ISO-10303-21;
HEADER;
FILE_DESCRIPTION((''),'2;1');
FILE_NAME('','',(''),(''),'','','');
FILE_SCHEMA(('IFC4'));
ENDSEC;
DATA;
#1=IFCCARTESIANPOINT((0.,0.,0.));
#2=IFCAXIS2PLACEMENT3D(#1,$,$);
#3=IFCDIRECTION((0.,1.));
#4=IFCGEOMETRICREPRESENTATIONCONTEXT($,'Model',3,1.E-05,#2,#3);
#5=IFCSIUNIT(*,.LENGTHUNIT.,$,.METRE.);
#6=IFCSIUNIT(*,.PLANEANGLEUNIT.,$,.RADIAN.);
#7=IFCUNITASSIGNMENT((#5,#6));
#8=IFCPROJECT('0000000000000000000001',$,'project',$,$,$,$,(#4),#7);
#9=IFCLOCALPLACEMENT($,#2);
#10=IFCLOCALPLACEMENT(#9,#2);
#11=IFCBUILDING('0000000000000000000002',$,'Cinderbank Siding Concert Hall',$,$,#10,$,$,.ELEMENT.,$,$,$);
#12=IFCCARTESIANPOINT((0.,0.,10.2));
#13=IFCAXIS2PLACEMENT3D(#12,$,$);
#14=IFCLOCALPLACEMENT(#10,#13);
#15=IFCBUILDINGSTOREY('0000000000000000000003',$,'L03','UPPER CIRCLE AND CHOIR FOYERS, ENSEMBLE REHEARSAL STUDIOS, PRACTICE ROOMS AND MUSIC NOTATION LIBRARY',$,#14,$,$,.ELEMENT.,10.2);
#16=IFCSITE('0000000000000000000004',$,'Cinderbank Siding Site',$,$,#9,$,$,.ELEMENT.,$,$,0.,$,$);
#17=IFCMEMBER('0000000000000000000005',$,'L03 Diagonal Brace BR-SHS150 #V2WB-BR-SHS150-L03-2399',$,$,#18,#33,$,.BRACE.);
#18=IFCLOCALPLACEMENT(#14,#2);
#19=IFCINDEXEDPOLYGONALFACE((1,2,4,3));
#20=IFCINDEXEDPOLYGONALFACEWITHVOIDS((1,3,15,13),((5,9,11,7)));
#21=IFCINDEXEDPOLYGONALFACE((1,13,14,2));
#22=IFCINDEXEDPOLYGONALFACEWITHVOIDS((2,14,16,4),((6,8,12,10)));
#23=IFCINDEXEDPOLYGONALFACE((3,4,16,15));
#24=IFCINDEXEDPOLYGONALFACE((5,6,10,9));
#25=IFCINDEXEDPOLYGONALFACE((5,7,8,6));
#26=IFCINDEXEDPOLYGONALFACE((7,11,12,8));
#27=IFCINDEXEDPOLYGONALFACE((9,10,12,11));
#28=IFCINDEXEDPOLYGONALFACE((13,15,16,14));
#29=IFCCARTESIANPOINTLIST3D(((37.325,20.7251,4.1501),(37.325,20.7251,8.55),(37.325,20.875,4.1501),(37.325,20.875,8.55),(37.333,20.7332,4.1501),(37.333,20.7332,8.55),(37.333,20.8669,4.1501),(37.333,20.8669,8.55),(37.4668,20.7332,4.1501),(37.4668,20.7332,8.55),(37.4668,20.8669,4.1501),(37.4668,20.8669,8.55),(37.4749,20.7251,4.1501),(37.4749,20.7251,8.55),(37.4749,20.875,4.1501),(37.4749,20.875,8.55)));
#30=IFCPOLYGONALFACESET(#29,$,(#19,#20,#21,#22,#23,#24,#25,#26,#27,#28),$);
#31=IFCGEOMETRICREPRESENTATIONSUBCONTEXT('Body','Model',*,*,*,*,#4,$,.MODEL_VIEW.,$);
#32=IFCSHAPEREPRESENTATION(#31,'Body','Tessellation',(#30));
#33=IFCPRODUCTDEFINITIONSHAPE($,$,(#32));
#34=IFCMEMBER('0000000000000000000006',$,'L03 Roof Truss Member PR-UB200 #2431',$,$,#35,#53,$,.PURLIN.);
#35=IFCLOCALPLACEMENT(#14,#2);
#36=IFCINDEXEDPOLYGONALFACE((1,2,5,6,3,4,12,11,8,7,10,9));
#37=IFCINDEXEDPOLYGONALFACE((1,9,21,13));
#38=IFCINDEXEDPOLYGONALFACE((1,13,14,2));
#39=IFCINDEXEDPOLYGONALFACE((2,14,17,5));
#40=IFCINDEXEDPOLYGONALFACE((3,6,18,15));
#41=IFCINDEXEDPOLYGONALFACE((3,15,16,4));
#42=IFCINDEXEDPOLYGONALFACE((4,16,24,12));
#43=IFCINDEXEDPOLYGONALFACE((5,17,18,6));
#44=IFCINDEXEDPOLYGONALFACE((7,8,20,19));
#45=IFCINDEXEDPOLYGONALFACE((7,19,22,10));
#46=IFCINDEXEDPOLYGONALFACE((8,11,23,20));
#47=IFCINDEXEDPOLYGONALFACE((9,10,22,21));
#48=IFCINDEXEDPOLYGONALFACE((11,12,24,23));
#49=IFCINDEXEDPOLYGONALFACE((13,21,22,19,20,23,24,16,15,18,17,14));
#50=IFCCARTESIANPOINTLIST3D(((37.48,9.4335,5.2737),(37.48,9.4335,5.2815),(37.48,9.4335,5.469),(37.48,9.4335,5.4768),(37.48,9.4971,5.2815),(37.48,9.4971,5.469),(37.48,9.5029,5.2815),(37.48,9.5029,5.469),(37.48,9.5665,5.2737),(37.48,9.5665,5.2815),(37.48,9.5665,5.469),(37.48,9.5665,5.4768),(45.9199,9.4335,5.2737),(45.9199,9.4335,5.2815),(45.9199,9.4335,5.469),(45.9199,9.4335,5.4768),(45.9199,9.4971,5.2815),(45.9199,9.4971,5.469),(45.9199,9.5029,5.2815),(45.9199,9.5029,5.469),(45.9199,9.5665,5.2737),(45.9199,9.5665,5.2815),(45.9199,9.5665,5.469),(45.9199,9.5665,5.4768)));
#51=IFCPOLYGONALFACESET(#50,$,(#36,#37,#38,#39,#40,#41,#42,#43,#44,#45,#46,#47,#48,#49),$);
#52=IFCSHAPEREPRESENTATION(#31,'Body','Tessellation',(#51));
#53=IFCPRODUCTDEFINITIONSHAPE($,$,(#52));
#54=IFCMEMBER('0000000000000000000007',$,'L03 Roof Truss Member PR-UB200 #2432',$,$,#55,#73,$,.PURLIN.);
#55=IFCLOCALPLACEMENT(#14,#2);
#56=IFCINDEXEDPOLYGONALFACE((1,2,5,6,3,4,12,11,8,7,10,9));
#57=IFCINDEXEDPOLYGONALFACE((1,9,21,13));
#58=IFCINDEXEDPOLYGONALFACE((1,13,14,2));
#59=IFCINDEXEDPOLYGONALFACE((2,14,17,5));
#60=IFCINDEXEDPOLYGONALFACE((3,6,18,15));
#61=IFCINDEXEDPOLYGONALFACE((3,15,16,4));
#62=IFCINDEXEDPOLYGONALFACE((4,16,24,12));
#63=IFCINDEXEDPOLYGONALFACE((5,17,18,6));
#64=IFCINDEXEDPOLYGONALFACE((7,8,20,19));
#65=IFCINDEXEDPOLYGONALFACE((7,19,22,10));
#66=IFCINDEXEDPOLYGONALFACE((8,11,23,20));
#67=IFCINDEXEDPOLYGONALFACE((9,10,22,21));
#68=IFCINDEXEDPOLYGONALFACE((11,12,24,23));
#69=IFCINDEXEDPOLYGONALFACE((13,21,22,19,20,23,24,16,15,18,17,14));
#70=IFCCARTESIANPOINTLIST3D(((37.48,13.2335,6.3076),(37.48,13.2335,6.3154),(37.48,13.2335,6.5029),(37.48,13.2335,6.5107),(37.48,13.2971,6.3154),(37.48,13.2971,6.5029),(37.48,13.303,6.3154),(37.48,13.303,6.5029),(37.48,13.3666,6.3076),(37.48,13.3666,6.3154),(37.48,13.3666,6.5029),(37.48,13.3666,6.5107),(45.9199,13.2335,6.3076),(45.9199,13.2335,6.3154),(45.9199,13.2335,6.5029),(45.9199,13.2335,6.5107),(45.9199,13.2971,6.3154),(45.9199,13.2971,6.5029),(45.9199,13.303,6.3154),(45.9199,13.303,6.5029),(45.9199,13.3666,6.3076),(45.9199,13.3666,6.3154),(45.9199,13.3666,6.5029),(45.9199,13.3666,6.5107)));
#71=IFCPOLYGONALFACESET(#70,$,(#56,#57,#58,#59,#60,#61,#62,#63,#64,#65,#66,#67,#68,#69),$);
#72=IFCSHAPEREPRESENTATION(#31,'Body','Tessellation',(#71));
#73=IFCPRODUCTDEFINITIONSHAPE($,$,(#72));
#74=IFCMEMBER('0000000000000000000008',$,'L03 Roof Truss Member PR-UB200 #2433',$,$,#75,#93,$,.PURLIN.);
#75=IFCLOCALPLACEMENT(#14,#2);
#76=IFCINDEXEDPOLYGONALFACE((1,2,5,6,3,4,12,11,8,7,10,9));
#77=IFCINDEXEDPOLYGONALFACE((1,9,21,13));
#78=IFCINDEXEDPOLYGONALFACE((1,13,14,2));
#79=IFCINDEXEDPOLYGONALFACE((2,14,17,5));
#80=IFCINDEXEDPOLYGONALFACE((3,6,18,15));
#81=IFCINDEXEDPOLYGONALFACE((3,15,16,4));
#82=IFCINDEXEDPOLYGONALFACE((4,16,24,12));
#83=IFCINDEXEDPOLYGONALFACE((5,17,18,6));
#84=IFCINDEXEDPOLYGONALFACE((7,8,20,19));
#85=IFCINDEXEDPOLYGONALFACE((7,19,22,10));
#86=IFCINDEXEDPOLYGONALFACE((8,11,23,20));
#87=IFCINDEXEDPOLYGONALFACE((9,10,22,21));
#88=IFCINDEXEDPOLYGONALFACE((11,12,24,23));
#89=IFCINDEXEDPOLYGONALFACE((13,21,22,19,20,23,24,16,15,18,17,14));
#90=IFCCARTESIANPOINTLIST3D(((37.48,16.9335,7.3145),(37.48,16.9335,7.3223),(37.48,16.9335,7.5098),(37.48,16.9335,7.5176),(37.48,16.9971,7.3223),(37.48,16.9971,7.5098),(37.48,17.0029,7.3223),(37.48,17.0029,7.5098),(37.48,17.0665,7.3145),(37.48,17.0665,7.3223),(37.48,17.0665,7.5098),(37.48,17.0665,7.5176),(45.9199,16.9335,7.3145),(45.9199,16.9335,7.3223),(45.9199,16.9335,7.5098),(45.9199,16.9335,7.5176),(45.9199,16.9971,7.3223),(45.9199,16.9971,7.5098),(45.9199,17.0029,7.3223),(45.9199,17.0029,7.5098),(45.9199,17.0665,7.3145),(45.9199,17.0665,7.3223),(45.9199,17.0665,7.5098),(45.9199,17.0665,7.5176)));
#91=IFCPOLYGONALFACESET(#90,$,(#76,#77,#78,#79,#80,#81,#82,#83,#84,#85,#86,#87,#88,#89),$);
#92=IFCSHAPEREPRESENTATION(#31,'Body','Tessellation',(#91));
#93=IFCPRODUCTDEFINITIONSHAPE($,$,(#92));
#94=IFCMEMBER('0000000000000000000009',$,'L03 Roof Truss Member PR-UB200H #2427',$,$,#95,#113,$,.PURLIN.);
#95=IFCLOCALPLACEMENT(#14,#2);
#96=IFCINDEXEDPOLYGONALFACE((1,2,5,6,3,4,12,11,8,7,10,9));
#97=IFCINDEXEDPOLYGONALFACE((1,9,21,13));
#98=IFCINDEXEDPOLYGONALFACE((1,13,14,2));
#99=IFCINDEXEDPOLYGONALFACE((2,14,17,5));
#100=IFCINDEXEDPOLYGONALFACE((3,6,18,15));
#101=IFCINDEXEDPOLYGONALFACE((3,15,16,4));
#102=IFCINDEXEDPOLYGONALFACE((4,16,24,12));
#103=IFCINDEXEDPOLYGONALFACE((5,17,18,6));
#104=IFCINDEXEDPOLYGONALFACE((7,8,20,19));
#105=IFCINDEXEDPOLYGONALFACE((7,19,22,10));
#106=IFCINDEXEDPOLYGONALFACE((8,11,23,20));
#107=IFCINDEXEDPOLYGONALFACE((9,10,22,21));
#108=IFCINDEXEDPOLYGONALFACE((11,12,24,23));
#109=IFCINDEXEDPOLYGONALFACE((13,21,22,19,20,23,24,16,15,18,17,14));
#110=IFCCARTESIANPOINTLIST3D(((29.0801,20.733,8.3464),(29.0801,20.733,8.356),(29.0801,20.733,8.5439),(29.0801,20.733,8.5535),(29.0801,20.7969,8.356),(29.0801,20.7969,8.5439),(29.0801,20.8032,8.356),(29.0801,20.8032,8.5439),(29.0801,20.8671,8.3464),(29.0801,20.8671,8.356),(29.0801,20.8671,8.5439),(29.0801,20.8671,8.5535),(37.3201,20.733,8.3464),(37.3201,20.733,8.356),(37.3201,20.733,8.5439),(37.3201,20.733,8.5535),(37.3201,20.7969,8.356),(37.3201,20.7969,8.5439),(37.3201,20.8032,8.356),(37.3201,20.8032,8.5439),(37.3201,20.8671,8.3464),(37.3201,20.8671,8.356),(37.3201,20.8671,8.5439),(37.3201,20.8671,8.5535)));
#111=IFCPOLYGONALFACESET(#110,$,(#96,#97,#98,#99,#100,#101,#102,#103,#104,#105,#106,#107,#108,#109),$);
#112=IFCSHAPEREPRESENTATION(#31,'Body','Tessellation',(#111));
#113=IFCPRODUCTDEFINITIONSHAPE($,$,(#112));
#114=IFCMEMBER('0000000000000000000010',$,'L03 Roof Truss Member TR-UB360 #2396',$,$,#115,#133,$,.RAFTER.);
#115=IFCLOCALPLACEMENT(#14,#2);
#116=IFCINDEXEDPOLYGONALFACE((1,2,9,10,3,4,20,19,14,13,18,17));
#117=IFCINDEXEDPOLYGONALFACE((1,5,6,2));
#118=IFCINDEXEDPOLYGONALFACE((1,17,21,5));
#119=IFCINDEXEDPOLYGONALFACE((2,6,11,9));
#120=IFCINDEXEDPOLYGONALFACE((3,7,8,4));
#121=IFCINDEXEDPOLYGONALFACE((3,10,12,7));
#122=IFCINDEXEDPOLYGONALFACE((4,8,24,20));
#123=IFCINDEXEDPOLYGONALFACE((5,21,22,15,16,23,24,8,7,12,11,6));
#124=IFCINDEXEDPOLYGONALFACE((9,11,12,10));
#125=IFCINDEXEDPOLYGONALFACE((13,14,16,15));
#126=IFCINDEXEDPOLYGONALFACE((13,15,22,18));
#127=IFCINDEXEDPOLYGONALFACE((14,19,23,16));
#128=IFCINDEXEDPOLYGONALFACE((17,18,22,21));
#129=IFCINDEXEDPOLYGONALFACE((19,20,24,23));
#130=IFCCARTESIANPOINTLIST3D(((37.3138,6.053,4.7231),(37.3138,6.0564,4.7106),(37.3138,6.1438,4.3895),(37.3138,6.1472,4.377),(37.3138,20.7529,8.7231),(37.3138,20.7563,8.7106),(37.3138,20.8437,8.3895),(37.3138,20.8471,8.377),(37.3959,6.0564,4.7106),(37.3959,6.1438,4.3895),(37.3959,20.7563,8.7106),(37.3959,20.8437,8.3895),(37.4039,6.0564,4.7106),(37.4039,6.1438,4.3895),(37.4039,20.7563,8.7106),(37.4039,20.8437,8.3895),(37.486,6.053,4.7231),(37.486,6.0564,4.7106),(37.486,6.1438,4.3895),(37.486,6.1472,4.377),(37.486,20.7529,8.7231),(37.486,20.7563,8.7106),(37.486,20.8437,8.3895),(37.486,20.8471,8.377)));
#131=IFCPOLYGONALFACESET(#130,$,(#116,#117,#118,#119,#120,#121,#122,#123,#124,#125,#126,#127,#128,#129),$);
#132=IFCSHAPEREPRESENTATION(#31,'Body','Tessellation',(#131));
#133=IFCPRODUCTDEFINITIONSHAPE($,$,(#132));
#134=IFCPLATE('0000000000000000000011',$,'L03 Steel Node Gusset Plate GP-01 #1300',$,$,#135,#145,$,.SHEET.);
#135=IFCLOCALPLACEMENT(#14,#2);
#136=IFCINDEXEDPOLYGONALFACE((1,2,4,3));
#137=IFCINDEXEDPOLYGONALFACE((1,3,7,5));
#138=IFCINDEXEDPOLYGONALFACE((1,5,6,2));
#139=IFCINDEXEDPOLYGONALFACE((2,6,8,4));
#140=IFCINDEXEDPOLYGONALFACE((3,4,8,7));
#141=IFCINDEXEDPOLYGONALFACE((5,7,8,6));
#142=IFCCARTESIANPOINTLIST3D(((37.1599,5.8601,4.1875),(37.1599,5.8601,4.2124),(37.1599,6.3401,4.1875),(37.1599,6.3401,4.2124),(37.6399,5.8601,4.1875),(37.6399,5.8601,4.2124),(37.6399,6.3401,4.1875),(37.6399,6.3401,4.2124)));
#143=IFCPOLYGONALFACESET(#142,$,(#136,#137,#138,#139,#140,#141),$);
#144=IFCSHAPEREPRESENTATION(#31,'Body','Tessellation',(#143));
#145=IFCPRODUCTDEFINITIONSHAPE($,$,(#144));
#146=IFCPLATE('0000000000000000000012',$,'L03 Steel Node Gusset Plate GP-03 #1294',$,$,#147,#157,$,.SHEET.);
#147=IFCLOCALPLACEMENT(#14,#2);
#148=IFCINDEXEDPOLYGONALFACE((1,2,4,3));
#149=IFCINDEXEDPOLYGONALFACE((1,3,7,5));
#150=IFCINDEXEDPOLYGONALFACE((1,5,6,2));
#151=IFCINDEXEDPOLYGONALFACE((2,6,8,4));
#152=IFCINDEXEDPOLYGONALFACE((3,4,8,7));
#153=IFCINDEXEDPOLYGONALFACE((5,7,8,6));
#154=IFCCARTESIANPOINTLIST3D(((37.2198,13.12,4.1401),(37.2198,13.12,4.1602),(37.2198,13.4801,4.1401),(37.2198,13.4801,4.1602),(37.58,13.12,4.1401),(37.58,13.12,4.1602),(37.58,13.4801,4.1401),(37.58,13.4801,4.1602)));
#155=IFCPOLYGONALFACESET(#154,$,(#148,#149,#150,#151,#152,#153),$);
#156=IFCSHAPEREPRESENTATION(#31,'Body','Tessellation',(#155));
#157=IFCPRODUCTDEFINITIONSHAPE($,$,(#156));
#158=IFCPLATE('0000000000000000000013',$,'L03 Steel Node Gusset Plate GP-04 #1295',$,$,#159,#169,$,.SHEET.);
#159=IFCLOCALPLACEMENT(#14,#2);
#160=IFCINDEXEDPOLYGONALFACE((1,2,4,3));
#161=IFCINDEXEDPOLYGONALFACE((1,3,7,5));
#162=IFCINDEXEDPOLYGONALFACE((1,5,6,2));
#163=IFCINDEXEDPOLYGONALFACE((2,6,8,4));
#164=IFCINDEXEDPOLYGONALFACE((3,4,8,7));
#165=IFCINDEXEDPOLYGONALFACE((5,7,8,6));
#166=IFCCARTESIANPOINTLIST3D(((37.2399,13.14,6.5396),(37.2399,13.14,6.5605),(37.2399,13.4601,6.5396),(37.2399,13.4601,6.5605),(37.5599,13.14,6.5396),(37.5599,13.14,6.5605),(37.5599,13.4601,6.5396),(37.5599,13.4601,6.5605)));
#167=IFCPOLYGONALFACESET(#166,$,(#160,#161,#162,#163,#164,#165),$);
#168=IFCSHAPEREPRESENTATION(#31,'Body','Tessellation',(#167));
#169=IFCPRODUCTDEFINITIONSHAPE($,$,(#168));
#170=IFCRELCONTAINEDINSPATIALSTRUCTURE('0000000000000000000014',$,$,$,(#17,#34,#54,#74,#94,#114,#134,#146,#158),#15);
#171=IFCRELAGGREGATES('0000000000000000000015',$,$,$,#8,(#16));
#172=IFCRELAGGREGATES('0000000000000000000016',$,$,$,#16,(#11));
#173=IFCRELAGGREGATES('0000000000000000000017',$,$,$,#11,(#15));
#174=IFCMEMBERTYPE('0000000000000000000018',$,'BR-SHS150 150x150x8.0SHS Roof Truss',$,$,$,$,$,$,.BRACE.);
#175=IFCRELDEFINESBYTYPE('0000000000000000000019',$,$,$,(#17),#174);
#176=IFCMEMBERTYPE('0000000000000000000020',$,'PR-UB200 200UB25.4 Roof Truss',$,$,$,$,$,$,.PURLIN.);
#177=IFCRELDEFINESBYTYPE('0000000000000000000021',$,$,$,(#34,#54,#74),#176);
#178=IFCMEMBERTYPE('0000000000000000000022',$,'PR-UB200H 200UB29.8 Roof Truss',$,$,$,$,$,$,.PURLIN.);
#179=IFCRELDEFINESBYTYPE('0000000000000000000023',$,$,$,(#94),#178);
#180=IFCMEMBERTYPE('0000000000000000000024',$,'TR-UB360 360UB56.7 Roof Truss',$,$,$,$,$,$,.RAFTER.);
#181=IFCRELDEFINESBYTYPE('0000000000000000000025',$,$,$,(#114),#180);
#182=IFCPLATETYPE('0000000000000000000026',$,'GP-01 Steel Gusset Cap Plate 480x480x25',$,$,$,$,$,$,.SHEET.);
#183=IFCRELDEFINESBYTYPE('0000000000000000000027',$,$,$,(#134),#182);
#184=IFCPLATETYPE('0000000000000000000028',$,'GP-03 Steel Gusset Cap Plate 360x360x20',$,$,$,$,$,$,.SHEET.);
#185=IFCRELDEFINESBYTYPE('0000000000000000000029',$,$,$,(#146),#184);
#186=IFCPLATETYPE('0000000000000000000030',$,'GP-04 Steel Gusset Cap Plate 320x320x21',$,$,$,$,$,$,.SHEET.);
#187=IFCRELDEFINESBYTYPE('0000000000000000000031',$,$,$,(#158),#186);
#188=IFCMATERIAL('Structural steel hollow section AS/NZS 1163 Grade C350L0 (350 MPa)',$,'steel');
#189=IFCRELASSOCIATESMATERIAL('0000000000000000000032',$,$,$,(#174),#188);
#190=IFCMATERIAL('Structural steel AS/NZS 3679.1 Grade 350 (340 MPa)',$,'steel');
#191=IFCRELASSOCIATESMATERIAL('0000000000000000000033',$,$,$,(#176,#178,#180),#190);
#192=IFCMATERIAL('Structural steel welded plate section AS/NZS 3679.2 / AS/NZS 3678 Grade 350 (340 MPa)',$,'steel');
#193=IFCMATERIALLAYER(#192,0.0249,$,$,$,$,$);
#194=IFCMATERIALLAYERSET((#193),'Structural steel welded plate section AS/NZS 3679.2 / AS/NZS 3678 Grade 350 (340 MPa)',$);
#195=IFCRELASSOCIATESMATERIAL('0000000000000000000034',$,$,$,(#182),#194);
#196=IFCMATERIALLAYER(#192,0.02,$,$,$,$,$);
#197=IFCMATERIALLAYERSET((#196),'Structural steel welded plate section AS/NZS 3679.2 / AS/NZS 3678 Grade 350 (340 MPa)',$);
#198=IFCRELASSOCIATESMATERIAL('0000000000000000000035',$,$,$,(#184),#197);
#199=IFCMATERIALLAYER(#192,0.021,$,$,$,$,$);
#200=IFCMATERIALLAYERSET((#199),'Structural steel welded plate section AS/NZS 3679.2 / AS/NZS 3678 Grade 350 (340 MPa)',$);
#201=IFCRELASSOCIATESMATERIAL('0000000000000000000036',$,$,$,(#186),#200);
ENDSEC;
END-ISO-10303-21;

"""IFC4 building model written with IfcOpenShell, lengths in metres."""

from ifc_helpers import new_model, si_unit, direction, frame, origin, origin_2d, place, context, subcontext, project, spatial, rectangle, hollow_rectangle, i_section, extrude, material, layer, layer_set, material_profile, profile_set, type_object, element, save


model = new_model("IFC4")

# Units and contexts
model_context = context("Model", 3, precision=1e-05, world=origin(), true_north=direction((0.0, 1.0)))
body_context = subcontext(model_context, "Body", "Model", "MODEL_VIEW")
ifc_project = project(units=[si_unit("LENGTHUNIT", "METRE"), si_unit("PLANEANGLEUNIT", "RADIAN")], contexts=[model_context])

# Site, building, storey
site_placement = place(None, origin())
site = spatial("IfcSite", under=ifc_project, at=site_placement, Name="Cinderbank Siding Site", CompositionType="ELEMENT", RefElevation=0.0)
building_placement = place(site_placement, origin())
building = spatial("IfcBuilding", under=site, at=building_placement, Name="Cinderbank Siding Concert Hall", CompositionType="ELEMENT")
storey_placement = place(building_placement, frame((0.0, 0.0, 10.2)))
storey = spatial("IfcBuildingStorey", under=building, at=storey_placement, Name="L03", Description="UPPER CIRCLE AND CHOIR FOYERS, ENSEMBLE REHEARSAL STUDIOS, PRACTICE ROOMS AND MUSIC NOTATION LIBRARY", CompositionType="ELEMENT", Elevation=10.2)

# Shared definitions
ifc_material_1 = material(Name="Structural steel AS/NZS 3679.1 Grade 350 (340 MPa)", Category="steel")

# Shared definitions
ifc_material_2 = material(Name="Structural steel welded plate section AS/NZS 3679.2 / AS/NZS 3678 Grade 350 (340 MPa)", Category="steel")

# Members
ifc_material_3 = material(Name="Structural steel hollow section AS/NZS 1163 Grade C350L0 (350 MPa)", Category="steel")
ifc_material_profile_1 = material_profile(ifc_material_3, hollow_rectangle(XDim=0.1499, YDim=0.1499, WallThickness=0.0081, at=origin_2d()), Name="150x150x8.0SHS", Category="LoadBearing")
ifc_profile_set_1 = profile_set([ifc_material_profile_1], Name="Structural steel hollow section AS/NZS 1163 Grade C350L0 (350 MPa)")
member_type_1 = type_object("IfcMemberType", Name="BR-SHS150 150x150x8.0SHS Roof Truss", PredefinedType="BRACE", material=ifc_profile_set_1)
member_1_placement = place(storey_placement, frame((37.3999, 20.8, 4.1501), z_axis=(0.0, 0.0, 1.0), x_axis=(1.0, 0.0, 0.0)))
element("IfcMember", 1, at=member_1_placement, inside=storey, type_object=member_type_1, Name="L03 Diagonal Brace BR-SHS150 #V2WB-BR-SHS150-L03-2399", PredefinedType="BRACE", context=body_context, shape_type="SweptSolid", body=[
    extrude(hollow_rectangle(XDim=0.1499, YDim=0.1499, WallThickness=0.0081, at=origin_2d()), origin(), (0.0, 0.0, 1.0), 4.3999),
])
ifc_material_profile_2 = material_profile(ifc_material_1, i_section(OverallWidth=0.1331, OverallDepth=0.2031, WebThickness=0.0059, FlangeThickness=0.0078, at=origin_2d()), Name="200UB25.4", Category="LoadBearing")
ifc_profile_set_2 = profile_set([ifc_material_profile_2], Name="Structural steel AS/NZS 3679.1 Grade 350 (340 MPa)")
member_type_2 = type_object("IfcMemberType", Name="PR-UB200 200UB25.4 Roof Truss", PredefinedType="PURLIN", material=ifc_profile_set_2)
for number, where, z_axis, x_axis, name in (
    (2, (37.48, 9.5, 5.3752), (1.0, 0.0, 0.0), (0.0, 1.0, 0.0), "L03 Roof Truss Member PR-UB200 #2431"),
    (3, (37.48, 13.3, 6.4092), (1.0, 0.0, 0.0), (0.0, 1.0, 0.0), "L03 Roof Truss Member PR-UB200 #2432"),
    (4, (37.48, 17.0, 7.416), (1.0, 0.0, 0.0), (0.0, 1.0, 0.0), "L03 Roof Truss Member PR-UB200 #2433"),
):
    element("IfcMember", number, at=place(storey_placement, frame(where, z_axis=z_axis, x_axis=x_axis)), inside=storey, type_object=member_type_2, Name=name, PredefinedType="PURLIN", context=body_context, shape_type="SweptSolid", body=[
        extrude(i_section(OverallWidth=0.1331, OverallDepth=0.2031, WebThickness=0.0059, FlangeThickness=0.0078, at=origin_2d()), origin(), (0.0, 0.0, 1.0), 8.4399),
    ])
ifc_material_profile_3 = material_profile(ifc_material_1, i_section(OverallWidth=0.134, OverallDepth=0.207, WebThickness=0.0063, FlangeThickness=0.0095, at=origin_2d()), Name="200UB29.8", Category="LoadBearing")
ifc_profile_set_3 = profile_set([ifc_material_profile_3], Name="Structural steel AS/NZS 3679.1 Grade 350 (340 MPa)")
member_type_3 = type_object("IfcMemberType", Name="PR-UB200H 200UB29.8 Roof Truss", PredefinedType="PURLIN", material=ifc_profile_set_3)
member_2_placement = place(storey_placement, frame((29.0801, 20.8, 8.45), z_axis=(1.0, 0.0, 0.0), x_axis=(0.0, 1.0, 0.0)))
element("IfcMember", 5, at=member_2_placement, inside=storey, type_object=member_type_3, Name="L03 Roof Truss Member PR-UB200H #2427", PredefinedType="PURLIN", context=body_context, shape_type="SweptSolid", body=[
    extrude(i_section(OverallWidth=0.134, OverallDepth=0.207, WebThickness=0.0063, FlangeThickness=0.0095, at=origin_2d()), origin(), (0.0, 0.0, 1.0), 8.24),
])
ifc_material_profile_4 = material_profile(ifc_material_1, i_section(OverallWidth=0.1721, OverallDepth=0.3586, WebThickness=0.0081, FlangeThickness=0.0129, at=origin_2d()), Name="360UB56.7", Category="LoadBearing")
ifc_profile_set_4 = profile_set([ifc_material_profile_4], Name="Structural steel AS/NZS 3679.1 Grade 350 (340 MPa)")
member_type_4 = type_object("IfcMemberType", Name="TR-UB360 360UB56.7 Roof Truss", PredefinedType="RAFTER", material=ifc_profile_set_4)
member_3_placement = place(storey_placement, frame((37.3999, 6.1001, 4.55), z_axis=(0.0, 0.964915, 0.262563), x_axis=(-1.0, 0.0, 0.0)))
element("IfcMember", 6, at=member_3_placement, inside=storey, type_object=member_type_4, Name="L03 Roof Truss Member TR-UB360 #2396", PredefinedType="RAFTER", context=body_context, shape_type="SweptSolid", body=[
    extrude(i_section(OverallWidth=0.1721, OverallDepth=0.3586, WebThickness=0.0081, FlangeThickness=0.0129, at=origin_2d()), origin(), (0.0, 0.0, 1.0), 15.2344),
])

# Plates
ifc_layer_1 = layer(ifc_material_2, 0.0249)
ifc_layer_set_1 = layer_set([ifc_layer_1], Name="Structural steel welded plate section AS/NZS 3679.2 / AS/NZS 3678 Grade 350 (340 MPa)")
plate_type_1 = type_object("IfcPlateType", Name="GP-01 Steel Gusset Cap Plate 480x480x25", PredefinedType="SHEET", material=ifc_layer_set_1)
plate_1_placement = place(storey_placement, frame((37.3999, 6.1001, 4.1875), z_axis=(0.0, 0.0, 1.0), x_axis=(0.0, 1.0, 0.0)))
element("IfcPlate", 7, at=plate_1_placement, inside=storey, type_object=plate_type_1, Name="L03 Steel Node Gusset Plate GP-01 #1300", PredefinedType="SHEET", context=body_context, shape_type="SweptSolid", body=[
    extrude(rectangle(XDim=0.48, YDim=0.48, at=origin_2d()), origin(), (0.0, 0.0, 1.0), 0.0249),
])
ifc_layer_2 = layer(ifc_material_2, 0.02)
ifc_layer_set_2 = layer_set([ifc_layer_2], Name="Structural steel welded plate section AS/NZS 3679.2 / AS/NZS 3678 Grade 350 (340 MPa)")
plate_type_2 = type_object("IfcPlateType", Name="GP-03 Steel Gusset Cap Plate 360x360x20", PredefinedType="SHEET", material=ifc_layer_set_2)
plate_2_placement = place(storey_placement, frame((37.3999, 13.3, 4.1401), z_axis=(0.0, 0.0, 1.0), x_axis=(1.0, 0.0, 0.0)))
element("IfcPlate", 8, at=plate_2_placement, inside=storey, type_object=plate_type_2, Name="L03 Steel Node Gusset Plate GP-03 #1294", PredefinedType="SHEET", context=body_context, shape_type="SweptSolid", body=[
    extrude(rectangle(XDim=0.3601, YDim=0.3601, at=origin_2d()), origin(), (0.0, 0.0, 1.0), 0.02),
])
ifc_layer_3 = layer(ifc_material_2, 0.021)
ifc_layer_set_3 = layer_set([ifc_layer_3], Name="Structural steel welded plate section AS/NZS 3679.2 / AS/NZS 3678 Grade 350 (340 MPa)")
plate_type_3 = type_object("IfcPlateType", Name="GP-04 Steel Gusset Cap Plate 320x320x21", PredefinedType="SHEET", material=ifc_layer_set_3)
plate_3_placement = place(storey_placement, frame((37.3999, 13.3, 6.5396), z_axis=(0.0, 0.0, 1.0), x_axis=(1.0, 0.0, 0.0)))
element("IfcPlate", 9, at=plate_3_placement, inside=storey, type_object=plate_type_3, Name="L03 Steel Node Gusset Plate GP-04 #1295", PredefinedType="SHEET", context=body_context, shape_type="SweptSolid", body=[
    extrude(rectangle(XDim=0.3201, YDim=0.3201, at=origin_2d()), origin(), (0.0, 0.0, 1.0), 0.021),
])

save(model, "model.ifc")
